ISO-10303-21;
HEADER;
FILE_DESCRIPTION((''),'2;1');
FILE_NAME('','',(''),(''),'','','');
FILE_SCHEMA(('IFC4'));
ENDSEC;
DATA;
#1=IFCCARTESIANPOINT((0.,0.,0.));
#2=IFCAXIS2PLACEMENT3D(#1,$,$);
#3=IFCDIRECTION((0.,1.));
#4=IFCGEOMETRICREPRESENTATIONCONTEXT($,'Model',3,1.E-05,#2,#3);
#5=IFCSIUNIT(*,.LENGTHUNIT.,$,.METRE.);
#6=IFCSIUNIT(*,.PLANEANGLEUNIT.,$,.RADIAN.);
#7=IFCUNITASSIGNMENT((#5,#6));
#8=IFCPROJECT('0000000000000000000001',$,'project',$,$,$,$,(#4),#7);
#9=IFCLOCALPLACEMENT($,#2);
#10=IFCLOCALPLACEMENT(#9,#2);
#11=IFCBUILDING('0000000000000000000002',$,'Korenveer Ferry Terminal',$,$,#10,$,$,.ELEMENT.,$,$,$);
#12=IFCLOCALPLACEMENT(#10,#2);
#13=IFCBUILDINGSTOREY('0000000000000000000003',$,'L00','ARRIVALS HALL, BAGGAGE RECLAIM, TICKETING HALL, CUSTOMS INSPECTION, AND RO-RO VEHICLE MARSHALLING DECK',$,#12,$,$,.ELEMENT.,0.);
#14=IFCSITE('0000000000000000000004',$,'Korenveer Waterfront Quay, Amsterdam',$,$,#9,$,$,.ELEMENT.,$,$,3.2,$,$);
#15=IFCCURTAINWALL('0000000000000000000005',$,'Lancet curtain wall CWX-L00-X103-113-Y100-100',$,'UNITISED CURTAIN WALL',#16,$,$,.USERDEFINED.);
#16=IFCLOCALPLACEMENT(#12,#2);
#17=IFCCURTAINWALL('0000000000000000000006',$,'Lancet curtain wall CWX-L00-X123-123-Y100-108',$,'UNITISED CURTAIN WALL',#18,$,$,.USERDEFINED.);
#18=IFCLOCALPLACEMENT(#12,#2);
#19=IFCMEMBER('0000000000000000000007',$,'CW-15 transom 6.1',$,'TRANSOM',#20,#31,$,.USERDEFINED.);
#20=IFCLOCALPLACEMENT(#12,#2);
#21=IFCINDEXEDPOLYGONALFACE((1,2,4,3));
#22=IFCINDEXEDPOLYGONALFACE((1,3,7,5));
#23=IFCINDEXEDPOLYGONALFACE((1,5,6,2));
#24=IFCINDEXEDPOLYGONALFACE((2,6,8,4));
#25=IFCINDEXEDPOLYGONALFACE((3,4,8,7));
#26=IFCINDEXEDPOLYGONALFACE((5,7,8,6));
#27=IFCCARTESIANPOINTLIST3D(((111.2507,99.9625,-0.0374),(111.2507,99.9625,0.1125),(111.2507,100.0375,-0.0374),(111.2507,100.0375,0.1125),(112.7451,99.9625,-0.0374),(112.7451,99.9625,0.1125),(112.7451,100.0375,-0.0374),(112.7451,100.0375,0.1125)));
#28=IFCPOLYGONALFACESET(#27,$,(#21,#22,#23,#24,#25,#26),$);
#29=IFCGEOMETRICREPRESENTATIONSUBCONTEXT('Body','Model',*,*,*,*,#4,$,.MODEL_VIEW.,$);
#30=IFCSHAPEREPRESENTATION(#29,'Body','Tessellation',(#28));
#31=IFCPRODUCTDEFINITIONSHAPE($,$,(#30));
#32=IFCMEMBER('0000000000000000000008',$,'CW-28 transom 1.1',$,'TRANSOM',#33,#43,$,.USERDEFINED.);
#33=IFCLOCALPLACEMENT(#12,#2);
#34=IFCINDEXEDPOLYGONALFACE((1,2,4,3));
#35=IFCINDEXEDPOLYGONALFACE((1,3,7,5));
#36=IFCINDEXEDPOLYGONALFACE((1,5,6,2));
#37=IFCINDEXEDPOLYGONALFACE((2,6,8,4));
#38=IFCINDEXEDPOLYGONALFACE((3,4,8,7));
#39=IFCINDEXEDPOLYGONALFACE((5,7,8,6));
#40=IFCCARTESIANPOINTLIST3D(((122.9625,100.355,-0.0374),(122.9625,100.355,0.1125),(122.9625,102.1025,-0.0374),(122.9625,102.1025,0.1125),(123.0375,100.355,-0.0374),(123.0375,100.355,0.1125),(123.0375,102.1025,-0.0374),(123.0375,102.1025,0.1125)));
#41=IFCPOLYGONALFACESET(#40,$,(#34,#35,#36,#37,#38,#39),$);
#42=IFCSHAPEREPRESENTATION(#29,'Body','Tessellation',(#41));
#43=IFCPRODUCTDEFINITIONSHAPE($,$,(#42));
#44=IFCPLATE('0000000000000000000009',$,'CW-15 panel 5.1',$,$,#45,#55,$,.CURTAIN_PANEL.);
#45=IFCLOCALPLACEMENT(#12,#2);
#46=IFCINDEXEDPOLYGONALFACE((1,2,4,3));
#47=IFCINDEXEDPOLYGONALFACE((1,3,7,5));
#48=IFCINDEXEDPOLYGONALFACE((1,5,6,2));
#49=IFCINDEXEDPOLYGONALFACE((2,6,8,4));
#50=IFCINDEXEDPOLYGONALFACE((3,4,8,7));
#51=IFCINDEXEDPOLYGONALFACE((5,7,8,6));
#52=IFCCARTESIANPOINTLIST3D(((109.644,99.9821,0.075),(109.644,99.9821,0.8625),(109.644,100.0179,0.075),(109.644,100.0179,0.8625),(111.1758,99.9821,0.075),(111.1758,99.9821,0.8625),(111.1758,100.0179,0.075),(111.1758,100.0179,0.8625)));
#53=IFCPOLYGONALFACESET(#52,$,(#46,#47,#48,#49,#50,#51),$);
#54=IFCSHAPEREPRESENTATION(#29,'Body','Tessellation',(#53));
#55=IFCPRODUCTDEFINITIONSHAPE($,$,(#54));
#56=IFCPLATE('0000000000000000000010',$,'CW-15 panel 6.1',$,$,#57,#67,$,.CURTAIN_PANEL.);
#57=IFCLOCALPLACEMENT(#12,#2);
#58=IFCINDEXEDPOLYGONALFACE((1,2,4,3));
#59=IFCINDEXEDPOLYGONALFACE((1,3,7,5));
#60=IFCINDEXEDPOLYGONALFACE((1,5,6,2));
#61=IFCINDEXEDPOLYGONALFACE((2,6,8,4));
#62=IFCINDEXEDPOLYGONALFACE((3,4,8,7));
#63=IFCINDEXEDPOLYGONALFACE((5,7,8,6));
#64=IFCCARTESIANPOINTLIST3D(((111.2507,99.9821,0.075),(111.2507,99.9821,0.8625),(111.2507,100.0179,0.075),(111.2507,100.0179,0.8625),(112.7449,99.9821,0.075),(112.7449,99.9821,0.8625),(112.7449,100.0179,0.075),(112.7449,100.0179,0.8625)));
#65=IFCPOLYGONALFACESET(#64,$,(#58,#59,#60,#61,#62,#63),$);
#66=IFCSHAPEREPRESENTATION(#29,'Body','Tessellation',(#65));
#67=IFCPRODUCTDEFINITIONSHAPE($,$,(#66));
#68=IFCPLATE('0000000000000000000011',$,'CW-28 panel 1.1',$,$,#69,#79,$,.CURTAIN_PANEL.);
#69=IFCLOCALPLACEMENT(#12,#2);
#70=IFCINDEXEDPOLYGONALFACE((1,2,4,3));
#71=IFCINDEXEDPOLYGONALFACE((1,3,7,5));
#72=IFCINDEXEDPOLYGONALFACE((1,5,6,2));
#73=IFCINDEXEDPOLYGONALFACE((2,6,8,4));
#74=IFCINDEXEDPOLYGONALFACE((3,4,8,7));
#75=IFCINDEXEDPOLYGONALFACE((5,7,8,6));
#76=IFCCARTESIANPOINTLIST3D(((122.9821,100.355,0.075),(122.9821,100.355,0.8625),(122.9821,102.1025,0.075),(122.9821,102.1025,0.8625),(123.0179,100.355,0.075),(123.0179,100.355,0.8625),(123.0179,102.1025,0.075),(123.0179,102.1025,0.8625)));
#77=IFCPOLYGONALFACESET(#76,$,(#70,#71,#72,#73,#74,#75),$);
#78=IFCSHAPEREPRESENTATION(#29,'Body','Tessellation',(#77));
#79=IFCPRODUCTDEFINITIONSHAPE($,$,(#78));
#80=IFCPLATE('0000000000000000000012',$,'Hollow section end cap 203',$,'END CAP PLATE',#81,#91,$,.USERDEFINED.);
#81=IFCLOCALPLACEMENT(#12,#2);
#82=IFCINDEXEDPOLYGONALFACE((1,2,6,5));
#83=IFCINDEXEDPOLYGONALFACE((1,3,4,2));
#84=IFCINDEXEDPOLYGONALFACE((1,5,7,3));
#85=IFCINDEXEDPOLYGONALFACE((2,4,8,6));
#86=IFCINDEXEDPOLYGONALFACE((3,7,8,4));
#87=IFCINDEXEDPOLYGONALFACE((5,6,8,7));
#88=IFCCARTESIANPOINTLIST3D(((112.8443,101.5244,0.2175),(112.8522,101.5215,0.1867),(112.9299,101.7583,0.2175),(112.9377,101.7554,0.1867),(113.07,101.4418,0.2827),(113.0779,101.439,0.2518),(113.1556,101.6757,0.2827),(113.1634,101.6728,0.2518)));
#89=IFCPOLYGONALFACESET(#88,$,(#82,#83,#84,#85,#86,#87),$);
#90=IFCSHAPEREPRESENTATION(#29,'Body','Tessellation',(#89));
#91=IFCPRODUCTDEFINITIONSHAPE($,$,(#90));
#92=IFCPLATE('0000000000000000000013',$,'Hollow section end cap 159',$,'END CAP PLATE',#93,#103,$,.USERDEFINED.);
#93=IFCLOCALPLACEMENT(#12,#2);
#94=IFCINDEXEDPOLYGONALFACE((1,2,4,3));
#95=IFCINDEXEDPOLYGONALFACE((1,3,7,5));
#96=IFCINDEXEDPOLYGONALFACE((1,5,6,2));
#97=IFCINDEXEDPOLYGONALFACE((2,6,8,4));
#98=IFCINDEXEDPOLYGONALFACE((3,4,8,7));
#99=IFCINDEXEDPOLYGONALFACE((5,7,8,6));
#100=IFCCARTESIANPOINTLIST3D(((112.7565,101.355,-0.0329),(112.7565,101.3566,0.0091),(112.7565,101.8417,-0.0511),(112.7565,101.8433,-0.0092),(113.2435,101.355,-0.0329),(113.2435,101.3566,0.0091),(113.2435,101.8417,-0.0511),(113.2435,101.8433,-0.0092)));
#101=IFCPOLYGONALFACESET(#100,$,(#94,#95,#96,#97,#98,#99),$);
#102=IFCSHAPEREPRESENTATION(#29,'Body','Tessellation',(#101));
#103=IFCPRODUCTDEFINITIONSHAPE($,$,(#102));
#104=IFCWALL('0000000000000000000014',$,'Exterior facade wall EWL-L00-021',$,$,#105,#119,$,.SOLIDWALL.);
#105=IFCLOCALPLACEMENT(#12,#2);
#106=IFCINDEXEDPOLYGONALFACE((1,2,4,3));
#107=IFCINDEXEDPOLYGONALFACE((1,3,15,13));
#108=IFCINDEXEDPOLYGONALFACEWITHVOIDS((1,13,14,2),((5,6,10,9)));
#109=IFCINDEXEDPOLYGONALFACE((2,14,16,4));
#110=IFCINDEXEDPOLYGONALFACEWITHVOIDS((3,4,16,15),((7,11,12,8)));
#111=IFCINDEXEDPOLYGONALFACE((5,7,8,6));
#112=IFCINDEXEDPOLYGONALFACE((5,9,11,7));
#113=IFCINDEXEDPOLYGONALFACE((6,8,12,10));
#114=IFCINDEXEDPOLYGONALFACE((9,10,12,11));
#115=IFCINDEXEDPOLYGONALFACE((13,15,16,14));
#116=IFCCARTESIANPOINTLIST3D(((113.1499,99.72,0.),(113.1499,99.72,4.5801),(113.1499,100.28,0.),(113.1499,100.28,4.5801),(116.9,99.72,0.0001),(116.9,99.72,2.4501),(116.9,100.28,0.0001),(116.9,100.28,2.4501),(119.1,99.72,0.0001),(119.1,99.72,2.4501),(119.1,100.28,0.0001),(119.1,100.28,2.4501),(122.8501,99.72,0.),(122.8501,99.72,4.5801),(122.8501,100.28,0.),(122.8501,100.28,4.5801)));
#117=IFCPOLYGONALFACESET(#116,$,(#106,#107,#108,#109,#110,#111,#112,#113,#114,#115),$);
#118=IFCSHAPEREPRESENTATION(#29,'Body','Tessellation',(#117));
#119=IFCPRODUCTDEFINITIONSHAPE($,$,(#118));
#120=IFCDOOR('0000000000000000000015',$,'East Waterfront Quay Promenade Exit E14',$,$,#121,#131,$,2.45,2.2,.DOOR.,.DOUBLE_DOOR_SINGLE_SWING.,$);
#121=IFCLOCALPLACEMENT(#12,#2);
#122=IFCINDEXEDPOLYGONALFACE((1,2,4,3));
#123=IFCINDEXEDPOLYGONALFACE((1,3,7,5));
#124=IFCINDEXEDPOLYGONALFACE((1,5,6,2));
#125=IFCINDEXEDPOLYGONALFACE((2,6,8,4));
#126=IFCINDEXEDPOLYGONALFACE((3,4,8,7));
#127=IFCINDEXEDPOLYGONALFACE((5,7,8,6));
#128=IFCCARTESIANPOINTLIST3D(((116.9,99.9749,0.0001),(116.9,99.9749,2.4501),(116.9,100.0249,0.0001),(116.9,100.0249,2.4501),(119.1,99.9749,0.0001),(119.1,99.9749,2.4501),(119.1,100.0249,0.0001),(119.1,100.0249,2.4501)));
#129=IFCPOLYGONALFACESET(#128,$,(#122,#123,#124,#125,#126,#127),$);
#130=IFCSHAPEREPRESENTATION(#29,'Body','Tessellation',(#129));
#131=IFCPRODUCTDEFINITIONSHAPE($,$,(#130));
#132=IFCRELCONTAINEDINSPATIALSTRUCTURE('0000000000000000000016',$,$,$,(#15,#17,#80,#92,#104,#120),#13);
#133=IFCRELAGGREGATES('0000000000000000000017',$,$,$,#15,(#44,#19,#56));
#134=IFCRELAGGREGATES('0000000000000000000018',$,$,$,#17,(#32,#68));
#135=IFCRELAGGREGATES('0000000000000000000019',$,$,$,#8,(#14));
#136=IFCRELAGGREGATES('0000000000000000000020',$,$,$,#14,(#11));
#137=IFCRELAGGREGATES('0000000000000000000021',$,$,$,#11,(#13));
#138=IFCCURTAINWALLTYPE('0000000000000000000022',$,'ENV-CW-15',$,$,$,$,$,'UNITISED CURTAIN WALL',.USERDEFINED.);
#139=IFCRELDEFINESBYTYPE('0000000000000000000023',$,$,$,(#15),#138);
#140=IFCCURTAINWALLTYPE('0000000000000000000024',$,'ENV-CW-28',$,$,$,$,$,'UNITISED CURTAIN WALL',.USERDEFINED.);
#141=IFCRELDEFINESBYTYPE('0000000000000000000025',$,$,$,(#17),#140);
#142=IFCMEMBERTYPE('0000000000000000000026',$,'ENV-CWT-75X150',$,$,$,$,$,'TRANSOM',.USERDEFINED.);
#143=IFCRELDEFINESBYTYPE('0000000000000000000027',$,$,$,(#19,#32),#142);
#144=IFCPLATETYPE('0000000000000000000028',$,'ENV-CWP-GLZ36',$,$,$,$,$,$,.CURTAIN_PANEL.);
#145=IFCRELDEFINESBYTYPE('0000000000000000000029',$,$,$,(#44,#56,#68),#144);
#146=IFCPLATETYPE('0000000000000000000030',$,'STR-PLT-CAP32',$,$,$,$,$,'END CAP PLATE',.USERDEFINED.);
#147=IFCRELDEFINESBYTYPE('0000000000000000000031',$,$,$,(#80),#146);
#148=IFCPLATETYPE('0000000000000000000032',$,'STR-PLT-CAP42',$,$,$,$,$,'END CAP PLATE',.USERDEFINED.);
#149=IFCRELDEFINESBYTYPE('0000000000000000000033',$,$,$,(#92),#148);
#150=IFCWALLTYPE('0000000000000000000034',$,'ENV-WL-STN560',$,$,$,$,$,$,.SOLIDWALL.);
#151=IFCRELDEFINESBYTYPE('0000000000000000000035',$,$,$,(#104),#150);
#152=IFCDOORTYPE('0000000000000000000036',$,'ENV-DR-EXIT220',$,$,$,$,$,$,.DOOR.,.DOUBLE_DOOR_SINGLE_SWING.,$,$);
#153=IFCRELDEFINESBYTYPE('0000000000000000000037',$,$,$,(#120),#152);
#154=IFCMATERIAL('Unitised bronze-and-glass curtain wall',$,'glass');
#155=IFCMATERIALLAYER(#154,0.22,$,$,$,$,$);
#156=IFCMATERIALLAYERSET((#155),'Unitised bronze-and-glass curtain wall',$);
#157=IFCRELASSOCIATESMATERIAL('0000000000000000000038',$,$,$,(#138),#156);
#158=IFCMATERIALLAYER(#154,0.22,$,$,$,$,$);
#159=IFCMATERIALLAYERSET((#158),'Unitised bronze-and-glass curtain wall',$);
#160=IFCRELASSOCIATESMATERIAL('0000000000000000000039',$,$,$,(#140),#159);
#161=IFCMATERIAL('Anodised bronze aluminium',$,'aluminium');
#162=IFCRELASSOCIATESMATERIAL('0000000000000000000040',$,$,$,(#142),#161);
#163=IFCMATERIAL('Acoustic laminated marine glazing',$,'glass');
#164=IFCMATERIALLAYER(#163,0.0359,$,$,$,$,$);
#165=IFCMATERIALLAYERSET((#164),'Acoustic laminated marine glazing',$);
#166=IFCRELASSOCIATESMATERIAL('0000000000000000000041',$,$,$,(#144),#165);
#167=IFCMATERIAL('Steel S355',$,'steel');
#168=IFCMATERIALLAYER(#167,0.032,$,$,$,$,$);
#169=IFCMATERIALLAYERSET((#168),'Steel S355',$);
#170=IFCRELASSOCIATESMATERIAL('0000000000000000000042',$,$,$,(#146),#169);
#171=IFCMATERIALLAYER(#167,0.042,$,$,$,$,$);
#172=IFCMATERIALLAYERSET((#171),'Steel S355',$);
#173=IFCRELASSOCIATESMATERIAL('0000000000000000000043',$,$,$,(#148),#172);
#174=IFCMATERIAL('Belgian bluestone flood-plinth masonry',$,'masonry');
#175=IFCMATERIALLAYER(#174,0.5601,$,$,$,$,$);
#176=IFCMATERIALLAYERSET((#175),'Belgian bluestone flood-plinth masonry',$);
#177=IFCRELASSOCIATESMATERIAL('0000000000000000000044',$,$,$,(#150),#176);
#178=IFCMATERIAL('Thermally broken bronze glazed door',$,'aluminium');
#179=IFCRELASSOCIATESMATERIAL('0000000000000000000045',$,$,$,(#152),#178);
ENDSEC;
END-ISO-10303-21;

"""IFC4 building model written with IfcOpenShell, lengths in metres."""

from ifc_helpers import new_model, si_unit, direction, frame, frame_2d, origin, origin_2d, place, context, subcontext, project, spatial, rectangle, extrude, material, layer, layer_set, material_profile, profile_set, type_object, element, fill, aggregate, save


model = new_model("IFC4")

# Units and contexts
model_context = context("Model", 3, precision=1e-05, world=origin(), true_north=direction((0.0, 1.0)))
body_context = subcontext(model_context, "Body", "Model", "MODEL_VIEW")
ifc_project = project(units=[si_unit("LENGTHUNIT", "METRE"), si_unit("PLANEANGLEUNIT", "RADIAN")], contexts=[model_context])

# Site, building, storey
site_placement = place(None, origin())
site = spatial("IfcSite", under=ifc_project, at=site_placement, Name="Korenveer Waterfront Quay, Amsterdam", CompositionType="ELEMENT", RefElevation=3.2)
building_placement = place(site_placement, origin())
building = spatial("IfcBuilding", under=site, at=building_placement, Name="Korenveer Ferry Terminal", CompositionType="ELEMENT")
storey_placement = place(building_placement, origin())
storey = spatial("IfcBuildingStorey", under=building, at=storey_placement, Name="L00", Description="ARRIVALS HALL, BAGGAGE RECLAIM, TICKETING HALL, CUSTOMS INSPECTION, AND RO-RO VEHICLE MARSHALLING DECK", CompositionType="ELEMENT", Elevation=0.0)

# Shared definitions
ifc_material_1 = material(Name="Steel S355", Category="steel")

# Curtain wall
ifc_material_2 = material(Name="Unitised bronze-and-glass curtain wall", Category="glass")
ifc_layer_1 = layer(ifc_material_2, 0.22)
ifc_layer_set_1 = layer_set([ifc_layer_1], Name="Unitised bronze-and-glass curtain wall")
curtain_wall_type_1 = type_object("IfcCurtainWallType", Name="ENV-CW-15", ElementType="UNITISED CURTAIN WALL", PredefinedType="USERDEFINED", material=ifc_layer_set_1)
curtain_wall_1_placement = place(storey_placement, frame((103.1799, 100.0, 0.0)))
curtain_wall_1 = element("IfcCurtainWall", 1, at=curtain_wall_1_placement, inside=storey, type_object=curtain_wall_type_1, Name="Lancet curtain wall CWX-L00-X103-113-Y100-100", ObjectType="UNITISED CURTAIN WALL", PredefinedType="USERDEFINED")
ifc_material_3 = material(Name="Anodised bronze aluminium", Category="aluminium")

# Curtain wall
ifc_layer_2 = layer(ifc_material_2, 0.22)
ifc_layer_set_2 = layer_set([ifc_layer_2], Name="Unitised bronze-and-glass curtain wall")
curtain_wall_type_2 = type_object("IfcCurtainWallType", Name="ENV-CW-28", ElementType="UNITISED CURTAIN WALL", PredefinedType="USERDEFINED", material=ifc_layer_set_2)
curtain_wall_2_placement = place(storey_placement, frame((123.0, 100.28, 0.0)))
curtain_wall_2 = element("IfcCurtainWall", 2, at=curtain_wall_2_placement, inside=storey, type_object=curtain_wall_type_2, Name="Lancet curtain wall CWX-L00-X123-123-Y100-108", ObjectType="UNITISED CURTAIN WALL", PredefinedType="USERDEFINED")

# Members
ifc_material_profile_1 = material_profile(ifc_material_3, rectangle(XDim=0.075, YDim=0.1499, at=origin_2d()), Name="ALU 75x150")
ifc_profile_set_1 = profile_set([ifc_material_profile_1], Name="Anodised bronze aluminium")
member_type_1 = type_object("IfcMemberType", Name="ENV-CWT-75X150", ElementType="TRANSOM", PredefinedType="USERDEFINED", material=ifc_profile_set_1)
member_1_placement = place(storey_placement, frame((111.2507, 100.0, 0.0376), z_axis=(1.0, 0.0, 0.0), x_axis=(0.0, 1.0, 0.0)))
member_1 = element("IfcMember", 3, at=member_1_placement, type_object=member_type_1, Name="CW-15 transom 6.1", ObjectType="TRANSOM", PredefinedType="USERDEFINED", context=body_context, shape_type="SweptSolid", body=[
    extrude(rectangle(XDim=0.075, YDim=0.1499, at=origin_2d()), origin(), (0.0, 0.0, 1.0), 1.4944),
])
member_2_placement = place(storey_placement, frame((123.0, 100.355, 0.0376), z_axis=(0.0, 1.0, 0.0), x_axis=(-1.0, 0.0, 0.0)))
member_2 = element("IfcMember", 4, at=member_2_placement, type_object=member_type_1, Name="CW-28 transom 1.1", ObjectType="TRANSOM", PredefinedType="USERDEFINED", context=body_context, shape_type="SweptSolid", body=[
    extrude(rectangle(XDim=0.075, YDim=0.1499, at=origin_2d()), origin(), (0.0, 0.0, 1.0), 1.7476),
])

# Plates
ifc_material_4 = material(Name="Acoustic laminated marine glazing", Category="glass")
ifc_layer_3 = layer(ifc_material_4, 0.0359)
ifc_layer_set_3 = layer_set([ifc_layer_3], Name="Acoustic laminated marine glazing")
plate_type_1 = type_object("IfcPlateType", Name="ENV-CWP-GLZ36", PredefinedType="CURTAIN_PANEL", material=ifc_layer_set_3)
plate_1_placement = place(storey_placement, frame((110.4099, 100.0, 0.075), z_axis=(0.0, 0.0, 1.0), x_axis=(1.0, 0.0, 0.0)))
plate_1 = element("IfcPlate", 5, at=plate_1_placement, type_object=plate_type_1, Name="CW-15 panel 5.1", PredefinedType="CURTAIN_PANEL", context=body_context, shape_type="SweptSolid", body=[
    extrude(rectangle(XDim=1.5317, YDim=0.0359, at=origin_2d()), origin(), (0.0, 0.0, 1.0), 0.7876),
])
plate_2_placement = place(storey_placement, frame((111.9978, 100.0, 0.075), z_axis=(0.0, 0.0, 1.0), x_axis=(1.0, 0.0, 0.0)))
plate_2 = element("IfcPlate", 6, at=plate_2_placement, type_object=plate_type_1, Name="CW-15 panel 6.1", PredefinedType="CURTAIN_PANEL", context=body_context, shape_type="SweptSolid", body=[
    extrude(rectangle(XDim=1.4941, YDim=0.0359, at=origin_2d()), origin(), (0.0, 0.0, 1.0), 0.7876),
])
aggregate(curtain_wall_1, [plate_1, member_1, plate_2])
plate_3_placement = place(storey_placement, frame((123.0, 101.2288, 0.075), z_axis=(0.0, 0.0, 1.0), x_axis=(0.0, 1.0, 0.0)))
plate_3 = element("IfcPlate", 7, at=plate_3_placement, type_object=plate_type_1, Name="CW-28 panel 1.1", PredefinedType="CURTAIN_PANEL", context=body_context, shape_type="SweptSolid", body=[
    extrude(rectangle(XDim=1.7476, YDim=0.0359, at=origin_2d()), origin(), (0.0, 0.0, 1.0), 0.7876),
])
aggregate(curtain_wall_2, [member_2, plate_3])

# Plates
ifc_layer_4 = layer(ifc_material_1, 0.032)
ifc_layer_set_4 = layer_set([ifc_layer_4], Name="Steel S355")
plate_type_2 = type_object("IfcPlateType", Name="STR-PLT-CAP32", ElementType="END CAP PLATE", PredefinedType="USERDEFINED", material=ifc_layer_set_4)
plate_4_placement = place(storey_placement, frame((113.0078, 101.5972, 0.2192), z_axis=(-0.245793, 0.08989, 0.965145), x_axis=(-0.343466, -0.939165, 0.0)))
element("IfcPlate", 8, at=plate_4_placement, inside=storey, type_object=plate_type_2, Name="Hollow section end cap 203", ObjectType="END CAP PLATE", PredefinedType="USERDEFINED", context=body_context, shape_type="SweptSolid", body=[
    extrude(rectangle(XDim=0.249, YDim=0.249, at=origin_2d()), origin(), (0.0, 0.0, 1.0), 0.032),
])
ifc_layer_5 = layer(ifc_material_1, 0.042)
ifc_layer_set_5 = layer_set([ifc_layer_5], Name="Steel S355")
plate_type_3 = type_object("IfcPlateType", Name="STR-PLT-CAP42", ElementType="END CAP PLATE", PredefinedType="USERDEFINED", material=ifc_layer_set_5)
plate_5_placement = place(storey_placement, frame((113.0, 101.5984, -0.042), z_axis=(0.0, 0.037506, 0.999296), x_axis=(-1.0, 0.0, 0.0)))
element("IfcPlate", 9, at=plate_5_placement, inside=storey, type_object=plate_type_3, Name="Hollow section end cap 159", ObjectType="END CAP PLATE", PredefinedType="USERDEFINED", context=body_context, shape_type="SweptSolid", body=[
    extrude(rectangle(XDim=0.4871, YDim=0.4871, at=origin_2d()), origin(), (0.0, 0.0, 1.0), 0.042),
])

# Wall, opening, door
ifc_material_5 = material(Name="Belgian bluestone flood-plinth masonry", Category="masonry")
ifc_layer_6 = layer(ifc_material_5, 0.5601)
ifc_layer_set_6 = layer_set([ifc_layer_6], Name="Belgian bluestone flood-plinth masonry")
wall_type = type_object("IfcWallType", Name="ENV-WL-STN560", PredefinedType="SOLIDWALL", material=ifc_layer_set_6)
wall_placement = place(storey_placement, frame((113.1499, 100.0, 0.0), z_axis=(0.0, 0.0, 1.0), x_axis=(1.0, 0.0, 0.0)))
wall = element("IfcWall", 10, at=wall_placement, inside=storey, type_object=wall_type, Name="Exterior facade wall EWL-L00-021", PredefinedType="SOLIDWALL", context=body_context, shape_type="SweptSolid", body=[
    extrude(rectangle(XDim=9.7002, YDim=0.5601, at=frame_2d((4.8501, 0.0))), origin(), (0.0, 0.0, 1.0), 4.5801),
])
opening_placement = place(wall_placement, frame((3.75, 0.0, 0.0)))
opening = element("IfcOpeningElement", 11, at=opening_placement, cuts=wall, PredefinedType="OPENING", context=body_context, shape_type="SweptSolid", body=[
    extrude(rectangle(XDim=2.2, YDim=2.45, at=frame_2d((1.1001, 1.2251))), frame((0.0, 0.29, 0.0), z_axis=(0.0, -1.0, 0.0), x_axis=(1.0, 0.0, 0.0)), (0.0, 0.0, 1.0), 0.5801),
])
ifc_material_6 = material(Name="Thermally broken bronze glazed door", Category="aluminium")
door_type = type_object("IfcDoorType", Name="ENV-DR-EXIT220", OperationType="DOUBLE_DOOR_SINGLE_SWING", PredefinedType="DOOR", material=ifc_material_6)
door_placement = place(opening_placement, origin())
door = element("IfcDoor", 12, at=door_placement, inside=storey, type_object=door_type, Name="East Waterfront Quay Promenade Exit E14", OperationType="DOUBLE_DOOR_SINGLE_SWING", OverallHeight=2.45, OverallWidth=2.2, PredefinedType="DOOR", context=body_context, shape_type="SweptSolid", body=[
    extrude(rectangle(XDim=2.2, YDim=2.45, at=frame_2d((1.1001, 1.2251))), frame((0.0, 0.0249, 0.0), z_axis=(0.0, -1.0, 0.0), x_axis=(1.0, 0.0, 0.0)), (0.0, 0.0, 1.0), 0.05),
])
fill(opening, door)

save(model, "model.ifc")
